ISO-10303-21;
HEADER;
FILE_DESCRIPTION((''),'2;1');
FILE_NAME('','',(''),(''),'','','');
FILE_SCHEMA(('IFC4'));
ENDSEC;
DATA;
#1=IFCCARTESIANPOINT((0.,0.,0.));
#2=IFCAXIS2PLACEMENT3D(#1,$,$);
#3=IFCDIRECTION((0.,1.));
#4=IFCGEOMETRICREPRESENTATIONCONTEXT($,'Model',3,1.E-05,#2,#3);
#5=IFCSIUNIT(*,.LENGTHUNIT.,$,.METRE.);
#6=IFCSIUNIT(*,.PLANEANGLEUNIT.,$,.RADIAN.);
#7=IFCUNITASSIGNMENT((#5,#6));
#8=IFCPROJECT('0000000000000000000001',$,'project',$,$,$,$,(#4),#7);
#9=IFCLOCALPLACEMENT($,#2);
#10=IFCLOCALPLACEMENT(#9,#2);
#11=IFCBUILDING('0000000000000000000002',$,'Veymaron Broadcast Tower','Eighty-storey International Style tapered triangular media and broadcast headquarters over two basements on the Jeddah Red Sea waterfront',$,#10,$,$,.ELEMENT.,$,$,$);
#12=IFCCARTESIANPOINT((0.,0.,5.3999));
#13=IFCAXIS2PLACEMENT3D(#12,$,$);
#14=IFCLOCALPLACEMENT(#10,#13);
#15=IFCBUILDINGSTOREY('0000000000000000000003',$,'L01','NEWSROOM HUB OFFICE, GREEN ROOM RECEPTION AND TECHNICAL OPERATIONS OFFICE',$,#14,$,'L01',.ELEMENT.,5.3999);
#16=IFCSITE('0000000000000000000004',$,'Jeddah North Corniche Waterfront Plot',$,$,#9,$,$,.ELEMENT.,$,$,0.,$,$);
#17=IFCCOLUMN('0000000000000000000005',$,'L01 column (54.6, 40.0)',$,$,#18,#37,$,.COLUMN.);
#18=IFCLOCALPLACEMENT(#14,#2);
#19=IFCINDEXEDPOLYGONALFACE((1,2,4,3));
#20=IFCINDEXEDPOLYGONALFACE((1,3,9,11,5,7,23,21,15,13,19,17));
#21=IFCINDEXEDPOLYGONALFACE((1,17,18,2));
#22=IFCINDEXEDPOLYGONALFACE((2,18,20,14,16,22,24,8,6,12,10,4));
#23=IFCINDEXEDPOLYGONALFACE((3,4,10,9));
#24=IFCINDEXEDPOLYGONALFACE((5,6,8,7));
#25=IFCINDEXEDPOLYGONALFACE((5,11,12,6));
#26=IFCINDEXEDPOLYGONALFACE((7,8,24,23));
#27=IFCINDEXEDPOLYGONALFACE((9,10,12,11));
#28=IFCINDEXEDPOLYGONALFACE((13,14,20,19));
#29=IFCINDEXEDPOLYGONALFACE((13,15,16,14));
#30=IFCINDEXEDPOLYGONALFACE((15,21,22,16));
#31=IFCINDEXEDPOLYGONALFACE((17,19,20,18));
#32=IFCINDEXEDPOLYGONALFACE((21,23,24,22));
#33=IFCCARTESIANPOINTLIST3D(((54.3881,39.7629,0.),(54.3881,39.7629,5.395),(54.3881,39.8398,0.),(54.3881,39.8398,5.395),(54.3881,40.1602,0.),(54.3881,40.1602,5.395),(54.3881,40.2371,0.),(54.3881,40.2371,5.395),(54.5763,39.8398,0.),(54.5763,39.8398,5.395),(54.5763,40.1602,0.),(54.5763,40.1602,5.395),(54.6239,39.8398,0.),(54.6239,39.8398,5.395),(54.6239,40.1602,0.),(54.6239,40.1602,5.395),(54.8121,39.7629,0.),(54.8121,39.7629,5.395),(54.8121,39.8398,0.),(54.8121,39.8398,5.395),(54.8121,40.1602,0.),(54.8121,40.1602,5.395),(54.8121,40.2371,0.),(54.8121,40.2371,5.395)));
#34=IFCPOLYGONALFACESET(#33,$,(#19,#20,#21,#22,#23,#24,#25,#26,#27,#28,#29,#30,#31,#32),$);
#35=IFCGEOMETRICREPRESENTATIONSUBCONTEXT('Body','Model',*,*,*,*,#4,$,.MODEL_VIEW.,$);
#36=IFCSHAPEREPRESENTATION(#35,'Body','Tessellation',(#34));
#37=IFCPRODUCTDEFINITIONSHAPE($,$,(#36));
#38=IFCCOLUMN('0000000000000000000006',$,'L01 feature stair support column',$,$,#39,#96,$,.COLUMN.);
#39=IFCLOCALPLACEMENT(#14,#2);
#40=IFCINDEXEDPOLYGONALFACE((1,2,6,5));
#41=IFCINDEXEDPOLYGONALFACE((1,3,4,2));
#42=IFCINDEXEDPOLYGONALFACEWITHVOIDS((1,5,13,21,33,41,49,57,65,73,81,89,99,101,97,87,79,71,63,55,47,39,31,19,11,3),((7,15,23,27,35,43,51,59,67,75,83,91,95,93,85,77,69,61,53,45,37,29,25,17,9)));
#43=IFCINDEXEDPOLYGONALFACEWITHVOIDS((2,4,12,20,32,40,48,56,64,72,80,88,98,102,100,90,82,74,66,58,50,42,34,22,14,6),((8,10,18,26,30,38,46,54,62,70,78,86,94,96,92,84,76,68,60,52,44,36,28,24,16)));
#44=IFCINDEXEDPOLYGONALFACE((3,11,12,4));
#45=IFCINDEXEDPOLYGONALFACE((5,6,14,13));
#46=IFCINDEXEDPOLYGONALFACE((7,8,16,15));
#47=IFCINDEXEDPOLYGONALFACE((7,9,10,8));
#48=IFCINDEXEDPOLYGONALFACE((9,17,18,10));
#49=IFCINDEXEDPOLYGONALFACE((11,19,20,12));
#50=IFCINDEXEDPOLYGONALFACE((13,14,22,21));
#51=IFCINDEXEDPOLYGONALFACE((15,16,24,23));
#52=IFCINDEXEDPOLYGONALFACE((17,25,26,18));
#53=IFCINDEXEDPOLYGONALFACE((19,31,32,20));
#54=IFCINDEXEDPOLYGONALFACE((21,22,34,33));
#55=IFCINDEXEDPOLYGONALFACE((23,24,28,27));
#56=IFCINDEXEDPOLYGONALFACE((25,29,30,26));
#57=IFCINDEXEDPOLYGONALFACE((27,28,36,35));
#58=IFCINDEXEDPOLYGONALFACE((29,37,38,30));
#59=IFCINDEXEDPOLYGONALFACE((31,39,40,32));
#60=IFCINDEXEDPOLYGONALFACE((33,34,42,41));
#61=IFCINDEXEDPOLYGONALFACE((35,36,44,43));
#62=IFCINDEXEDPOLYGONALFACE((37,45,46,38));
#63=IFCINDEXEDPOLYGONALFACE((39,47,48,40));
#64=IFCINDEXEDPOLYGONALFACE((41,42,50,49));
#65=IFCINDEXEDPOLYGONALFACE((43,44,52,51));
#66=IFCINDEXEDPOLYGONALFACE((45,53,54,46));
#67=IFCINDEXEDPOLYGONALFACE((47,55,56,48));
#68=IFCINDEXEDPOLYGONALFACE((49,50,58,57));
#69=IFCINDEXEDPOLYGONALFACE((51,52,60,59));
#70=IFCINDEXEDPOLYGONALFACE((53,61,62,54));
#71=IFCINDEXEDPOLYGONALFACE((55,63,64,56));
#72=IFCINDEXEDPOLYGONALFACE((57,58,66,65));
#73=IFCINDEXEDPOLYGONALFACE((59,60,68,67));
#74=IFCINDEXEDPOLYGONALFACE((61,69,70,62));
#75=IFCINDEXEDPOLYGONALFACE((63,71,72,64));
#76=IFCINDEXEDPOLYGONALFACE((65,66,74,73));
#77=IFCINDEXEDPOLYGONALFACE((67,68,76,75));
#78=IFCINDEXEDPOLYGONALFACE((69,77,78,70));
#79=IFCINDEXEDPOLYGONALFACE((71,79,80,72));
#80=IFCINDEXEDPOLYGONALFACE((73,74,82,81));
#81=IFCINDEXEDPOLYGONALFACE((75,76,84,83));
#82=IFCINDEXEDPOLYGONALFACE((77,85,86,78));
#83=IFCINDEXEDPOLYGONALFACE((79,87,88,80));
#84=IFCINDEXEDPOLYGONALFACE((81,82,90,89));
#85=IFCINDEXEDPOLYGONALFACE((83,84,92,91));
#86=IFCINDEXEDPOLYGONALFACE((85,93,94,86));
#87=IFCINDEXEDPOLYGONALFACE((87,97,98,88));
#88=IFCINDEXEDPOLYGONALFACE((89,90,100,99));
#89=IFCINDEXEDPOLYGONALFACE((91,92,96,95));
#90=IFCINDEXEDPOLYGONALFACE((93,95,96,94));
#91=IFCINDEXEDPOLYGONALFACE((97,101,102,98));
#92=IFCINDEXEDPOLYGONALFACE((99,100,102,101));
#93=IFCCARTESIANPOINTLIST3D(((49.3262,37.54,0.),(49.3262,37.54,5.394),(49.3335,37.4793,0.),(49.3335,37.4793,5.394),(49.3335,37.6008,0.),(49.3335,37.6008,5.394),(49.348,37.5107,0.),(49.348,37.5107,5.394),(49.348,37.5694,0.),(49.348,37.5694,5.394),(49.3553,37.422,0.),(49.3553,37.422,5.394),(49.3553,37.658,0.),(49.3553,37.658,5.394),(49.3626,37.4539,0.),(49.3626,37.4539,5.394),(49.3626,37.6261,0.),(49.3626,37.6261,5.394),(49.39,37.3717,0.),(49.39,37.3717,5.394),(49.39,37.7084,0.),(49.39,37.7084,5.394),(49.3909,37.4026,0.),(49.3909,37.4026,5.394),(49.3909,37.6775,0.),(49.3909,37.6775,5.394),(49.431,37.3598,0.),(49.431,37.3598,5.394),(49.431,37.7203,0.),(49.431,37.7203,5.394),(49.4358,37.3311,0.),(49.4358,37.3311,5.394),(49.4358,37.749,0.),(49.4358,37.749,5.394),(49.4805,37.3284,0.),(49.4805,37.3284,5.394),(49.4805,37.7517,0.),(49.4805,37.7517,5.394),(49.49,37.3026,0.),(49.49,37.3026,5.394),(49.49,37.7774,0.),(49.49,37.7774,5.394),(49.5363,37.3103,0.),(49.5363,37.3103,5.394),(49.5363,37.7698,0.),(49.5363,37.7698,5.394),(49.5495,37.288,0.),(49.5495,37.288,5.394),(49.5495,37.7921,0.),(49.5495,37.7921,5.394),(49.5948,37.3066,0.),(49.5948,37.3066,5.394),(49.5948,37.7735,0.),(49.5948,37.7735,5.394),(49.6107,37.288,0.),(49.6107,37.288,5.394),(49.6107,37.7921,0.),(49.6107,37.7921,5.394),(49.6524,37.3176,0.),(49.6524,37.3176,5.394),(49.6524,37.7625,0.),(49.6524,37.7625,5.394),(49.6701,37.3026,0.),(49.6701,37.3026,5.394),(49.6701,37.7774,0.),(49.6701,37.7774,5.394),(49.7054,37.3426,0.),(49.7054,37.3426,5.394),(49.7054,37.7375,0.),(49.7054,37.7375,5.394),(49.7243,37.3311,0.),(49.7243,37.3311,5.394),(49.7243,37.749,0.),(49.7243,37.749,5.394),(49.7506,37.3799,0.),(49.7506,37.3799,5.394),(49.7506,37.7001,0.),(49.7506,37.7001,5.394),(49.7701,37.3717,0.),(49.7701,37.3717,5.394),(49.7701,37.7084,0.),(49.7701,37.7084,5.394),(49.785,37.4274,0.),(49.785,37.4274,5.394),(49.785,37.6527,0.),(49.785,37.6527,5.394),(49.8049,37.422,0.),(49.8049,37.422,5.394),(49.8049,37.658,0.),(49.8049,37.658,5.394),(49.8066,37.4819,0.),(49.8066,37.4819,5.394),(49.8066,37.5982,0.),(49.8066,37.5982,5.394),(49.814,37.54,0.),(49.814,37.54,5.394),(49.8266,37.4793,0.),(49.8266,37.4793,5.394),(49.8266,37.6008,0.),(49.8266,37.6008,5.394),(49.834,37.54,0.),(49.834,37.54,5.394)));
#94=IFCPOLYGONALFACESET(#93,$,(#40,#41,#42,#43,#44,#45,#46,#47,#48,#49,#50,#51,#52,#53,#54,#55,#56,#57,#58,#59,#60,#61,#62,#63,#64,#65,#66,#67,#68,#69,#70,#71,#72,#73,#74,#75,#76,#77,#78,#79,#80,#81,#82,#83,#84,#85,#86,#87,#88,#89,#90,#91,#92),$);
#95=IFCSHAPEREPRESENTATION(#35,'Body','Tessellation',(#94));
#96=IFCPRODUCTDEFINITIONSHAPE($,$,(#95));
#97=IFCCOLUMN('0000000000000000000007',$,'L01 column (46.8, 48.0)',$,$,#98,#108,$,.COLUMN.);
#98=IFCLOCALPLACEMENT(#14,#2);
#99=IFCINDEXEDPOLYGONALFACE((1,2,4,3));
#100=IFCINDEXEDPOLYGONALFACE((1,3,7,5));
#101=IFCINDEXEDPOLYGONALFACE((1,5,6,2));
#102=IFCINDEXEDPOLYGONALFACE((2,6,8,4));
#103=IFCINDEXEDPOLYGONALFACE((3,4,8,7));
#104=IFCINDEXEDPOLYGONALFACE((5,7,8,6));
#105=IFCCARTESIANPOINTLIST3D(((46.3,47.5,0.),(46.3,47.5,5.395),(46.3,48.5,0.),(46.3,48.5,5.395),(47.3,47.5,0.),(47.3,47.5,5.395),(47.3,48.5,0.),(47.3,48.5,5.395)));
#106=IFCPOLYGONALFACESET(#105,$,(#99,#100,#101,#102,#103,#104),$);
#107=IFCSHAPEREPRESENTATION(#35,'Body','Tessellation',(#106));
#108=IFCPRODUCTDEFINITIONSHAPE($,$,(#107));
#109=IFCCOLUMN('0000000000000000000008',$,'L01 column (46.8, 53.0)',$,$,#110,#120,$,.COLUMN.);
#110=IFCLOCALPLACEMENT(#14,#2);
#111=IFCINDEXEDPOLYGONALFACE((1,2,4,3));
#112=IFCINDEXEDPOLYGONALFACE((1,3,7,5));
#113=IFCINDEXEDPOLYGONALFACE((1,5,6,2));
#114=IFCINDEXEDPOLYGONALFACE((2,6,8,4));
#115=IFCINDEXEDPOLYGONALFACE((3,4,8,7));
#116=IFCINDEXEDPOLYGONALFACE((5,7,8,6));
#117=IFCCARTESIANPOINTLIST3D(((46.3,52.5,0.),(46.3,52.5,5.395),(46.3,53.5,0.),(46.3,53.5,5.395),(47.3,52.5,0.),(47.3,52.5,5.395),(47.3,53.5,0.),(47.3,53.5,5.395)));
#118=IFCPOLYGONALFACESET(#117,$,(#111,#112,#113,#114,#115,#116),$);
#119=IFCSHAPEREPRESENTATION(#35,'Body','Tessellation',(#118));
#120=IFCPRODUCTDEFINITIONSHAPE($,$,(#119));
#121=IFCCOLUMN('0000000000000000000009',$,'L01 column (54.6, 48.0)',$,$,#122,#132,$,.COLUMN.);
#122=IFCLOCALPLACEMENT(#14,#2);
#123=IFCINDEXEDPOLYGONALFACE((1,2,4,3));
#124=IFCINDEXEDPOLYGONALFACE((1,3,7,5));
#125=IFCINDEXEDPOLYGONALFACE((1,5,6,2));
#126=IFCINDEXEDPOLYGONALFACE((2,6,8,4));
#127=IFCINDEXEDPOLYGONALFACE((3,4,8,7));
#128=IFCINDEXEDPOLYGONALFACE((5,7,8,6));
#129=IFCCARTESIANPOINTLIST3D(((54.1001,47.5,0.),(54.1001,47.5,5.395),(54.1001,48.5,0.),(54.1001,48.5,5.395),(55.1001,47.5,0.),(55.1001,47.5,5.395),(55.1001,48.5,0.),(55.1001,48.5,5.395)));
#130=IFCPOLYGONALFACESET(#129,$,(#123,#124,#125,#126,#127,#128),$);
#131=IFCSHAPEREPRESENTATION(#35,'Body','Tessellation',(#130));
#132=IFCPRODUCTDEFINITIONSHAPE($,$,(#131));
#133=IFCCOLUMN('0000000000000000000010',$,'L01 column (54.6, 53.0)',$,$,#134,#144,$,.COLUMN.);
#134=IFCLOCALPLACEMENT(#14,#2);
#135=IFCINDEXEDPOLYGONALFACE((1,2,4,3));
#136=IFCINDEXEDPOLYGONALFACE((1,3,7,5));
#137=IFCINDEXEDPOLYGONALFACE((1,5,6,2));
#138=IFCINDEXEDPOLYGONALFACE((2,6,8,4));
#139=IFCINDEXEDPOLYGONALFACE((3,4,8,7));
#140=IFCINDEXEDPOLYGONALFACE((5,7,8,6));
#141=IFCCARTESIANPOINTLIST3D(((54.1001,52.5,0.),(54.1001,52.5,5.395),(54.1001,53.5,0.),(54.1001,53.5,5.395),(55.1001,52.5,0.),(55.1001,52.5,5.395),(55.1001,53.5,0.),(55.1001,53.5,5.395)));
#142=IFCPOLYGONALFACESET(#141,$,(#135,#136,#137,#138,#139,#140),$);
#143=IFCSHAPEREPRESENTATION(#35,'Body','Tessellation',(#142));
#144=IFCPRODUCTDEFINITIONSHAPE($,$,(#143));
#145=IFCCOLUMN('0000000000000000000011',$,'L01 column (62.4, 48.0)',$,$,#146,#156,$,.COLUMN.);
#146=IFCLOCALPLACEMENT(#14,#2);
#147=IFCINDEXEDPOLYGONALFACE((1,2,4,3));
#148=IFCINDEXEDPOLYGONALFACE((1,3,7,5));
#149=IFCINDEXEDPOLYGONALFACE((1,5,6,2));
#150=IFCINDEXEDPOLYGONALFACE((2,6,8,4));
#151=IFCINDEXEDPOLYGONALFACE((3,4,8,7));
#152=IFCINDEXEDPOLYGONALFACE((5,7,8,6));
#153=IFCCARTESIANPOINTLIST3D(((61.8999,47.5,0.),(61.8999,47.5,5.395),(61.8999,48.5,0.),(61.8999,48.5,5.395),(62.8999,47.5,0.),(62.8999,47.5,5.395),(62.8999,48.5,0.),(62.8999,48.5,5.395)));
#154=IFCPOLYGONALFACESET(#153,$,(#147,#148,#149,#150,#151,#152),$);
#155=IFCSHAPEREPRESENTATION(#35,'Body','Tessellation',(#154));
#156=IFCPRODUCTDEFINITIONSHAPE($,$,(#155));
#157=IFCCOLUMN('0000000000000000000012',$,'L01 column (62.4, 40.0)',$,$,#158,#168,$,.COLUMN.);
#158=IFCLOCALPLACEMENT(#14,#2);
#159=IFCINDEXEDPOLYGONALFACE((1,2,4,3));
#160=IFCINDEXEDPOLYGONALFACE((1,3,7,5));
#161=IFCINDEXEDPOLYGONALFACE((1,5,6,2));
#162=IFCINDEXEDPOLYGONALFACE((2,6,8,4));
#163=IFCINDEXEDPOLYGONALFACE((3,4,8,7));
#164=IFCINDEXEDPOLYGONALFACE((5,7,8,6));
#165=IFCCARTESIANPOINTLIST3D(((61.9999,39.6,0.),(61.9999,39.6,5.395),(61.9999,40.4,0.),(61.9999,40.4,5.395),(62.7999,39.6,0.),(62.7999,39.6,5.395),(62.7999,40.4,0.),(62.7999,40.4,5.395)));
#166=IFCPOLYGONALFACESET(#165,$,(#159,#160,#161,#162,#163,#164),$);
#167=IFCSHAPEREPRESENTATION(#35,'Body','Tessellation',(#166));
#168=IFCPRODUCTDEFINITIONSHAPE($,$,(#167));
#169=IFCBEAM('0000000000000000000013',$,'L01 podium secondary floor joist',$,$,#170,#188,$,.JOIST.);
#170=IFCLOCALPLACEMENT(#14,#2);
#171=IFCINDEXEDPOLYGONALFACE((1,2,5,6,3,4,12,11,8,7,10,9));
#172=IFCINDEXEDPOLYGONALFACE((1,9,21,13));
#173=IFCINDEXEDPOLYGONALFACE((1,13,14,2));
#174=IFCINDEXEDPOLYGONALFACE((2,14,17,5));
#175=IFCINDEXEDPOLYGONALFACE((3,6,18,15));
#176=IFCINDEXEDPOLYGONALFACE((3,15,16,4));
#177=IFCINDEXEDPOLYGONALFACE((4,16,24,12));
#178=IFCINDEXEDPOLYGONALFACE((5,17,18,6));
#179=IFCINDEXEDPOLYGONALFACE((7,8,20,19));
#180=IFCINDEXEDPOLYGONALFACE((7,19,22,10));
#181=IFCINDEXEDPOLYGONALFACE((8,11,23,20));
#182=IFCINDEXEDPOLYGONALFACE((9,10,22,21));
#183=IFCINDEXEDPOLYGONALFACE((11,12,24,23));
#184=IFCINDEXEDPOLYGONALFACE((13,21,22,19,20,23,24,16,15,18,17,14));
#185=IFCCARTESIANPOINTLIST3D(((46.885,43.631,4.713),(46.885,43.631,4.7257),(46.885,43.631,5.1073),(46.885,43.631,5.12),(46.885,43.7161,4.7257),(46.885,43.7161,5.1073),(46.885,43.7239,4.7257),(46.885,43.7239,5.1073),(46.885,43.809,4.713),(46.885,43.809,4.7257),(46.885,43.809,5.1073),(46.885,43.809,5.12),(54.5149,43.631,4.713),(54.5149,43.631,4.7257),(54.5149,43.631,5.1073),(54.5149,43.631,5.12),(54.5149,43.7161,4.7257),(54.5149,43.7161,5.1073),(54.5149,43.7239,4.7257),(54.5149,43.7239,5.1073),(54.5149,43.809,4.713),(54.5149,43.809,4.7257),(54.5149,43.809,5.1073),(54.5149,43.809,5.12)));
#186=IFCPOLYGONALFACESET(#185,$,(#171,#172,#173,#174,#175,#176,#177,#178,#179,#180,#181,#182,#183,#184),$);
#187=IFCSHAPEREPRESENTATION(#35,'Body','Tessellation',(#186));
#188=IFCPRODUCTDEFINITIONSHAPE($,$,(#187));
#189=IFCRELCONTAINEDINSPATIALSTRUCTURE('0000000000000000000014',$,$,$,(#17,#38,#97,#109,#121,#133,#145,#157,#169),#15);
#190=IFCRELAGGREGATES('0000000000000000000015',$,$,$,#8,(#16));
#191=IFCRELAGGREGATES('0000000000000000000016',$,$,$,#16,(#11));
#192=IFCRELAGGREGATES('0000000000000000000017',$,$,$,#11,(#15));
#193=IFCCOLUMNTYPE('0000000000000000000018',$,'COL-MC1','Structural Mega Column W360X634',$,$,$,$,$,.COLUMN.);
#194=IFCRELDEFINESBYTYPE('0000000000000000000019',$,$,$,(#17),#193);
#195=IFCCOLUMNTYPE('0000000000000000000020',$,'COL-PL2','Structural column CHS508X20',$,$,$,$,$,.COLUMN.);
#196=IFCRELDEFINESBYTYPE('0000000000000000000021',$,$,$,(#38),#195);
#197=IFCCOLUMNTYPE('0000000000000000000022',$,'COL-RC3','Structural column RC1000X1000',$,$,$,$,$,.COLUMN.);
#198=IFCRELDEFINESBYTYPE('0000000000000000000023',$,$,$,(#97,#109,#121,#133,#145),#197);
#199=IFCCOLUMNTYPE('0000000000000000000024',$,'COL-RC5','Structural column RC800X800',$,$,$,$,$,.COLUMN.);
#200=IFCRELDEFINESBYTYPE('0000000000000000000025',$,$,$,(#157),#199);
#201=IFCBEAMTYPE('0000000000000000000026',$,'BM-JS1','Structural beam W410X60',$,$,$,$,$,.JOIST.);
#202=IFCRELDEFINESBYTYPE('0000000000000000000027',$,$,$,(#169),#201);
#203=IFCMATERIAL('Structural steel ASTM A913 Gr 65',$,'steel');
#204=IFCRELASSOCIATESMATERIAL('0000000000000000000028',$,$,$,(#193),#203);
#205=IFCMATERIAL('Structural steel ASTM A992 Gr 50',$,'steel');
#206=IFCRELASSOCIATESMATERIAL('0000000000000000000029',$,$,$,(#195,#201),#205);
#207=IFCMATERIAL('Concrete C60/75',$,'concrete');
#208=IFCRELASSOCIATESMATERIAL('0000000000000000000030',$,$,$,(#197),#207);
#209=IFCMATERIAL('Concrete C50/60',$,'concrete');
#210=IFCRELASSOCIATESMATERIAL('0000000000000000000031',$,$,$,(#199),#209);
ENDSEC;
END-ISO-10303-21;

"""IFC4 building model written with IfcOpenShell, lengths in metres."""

from ifc_helpers import new_model, si_unit, direction, frame, origin, origin_2d, place, context, subcontext, project, spatial, rectangle, hollow_circle, i_section, extrude, material, material_profile, profile_set, type_object, element, save


model = new_model("IFC4")

# Units and contexts
model_context = context("Model", 3, precision=1e-05, world=origin(), true_north=direction((0.0, 1.0)))
body_context = subcontext(model_context, "Body", "Model", "MODEL_VIEW")
ifc_project = project(units=[si_unit("LENGTHUNIT", "METRE"), si_unit("PLANEANGLEUNIT", "RADIAN")], contexts=[model_context])

# Site, building, storey
site_placement = place(None, origin())
site = spatial("IfcSite", under=ifc_project, at=site_placement, Name="Jeddah North Corniche Waterfront Plot", CompositionType="ELEMENT", RefElevation=0.0)
building_placement = place(site_placement, origin())
building = spatial("IfcBuilding", under=site, at=building_placement, Name="Veymaron Broadcast Tower", Description="Eighty-storey International Style tapered triangular media and broadcast headquarters over two basements on the Jeddah Red Sea waterfront", CompositionType="ELEMENT")
storey_placement = place(building_placement, frame((0.0, 0.0, 5.3999)))
storey = spatial("IfcBuildingStorey", under=building, at=storey_placement, Name="L01", Description="NEWSROOM HUB OFFICE, GREEN ROOM RECEPTION AND TECHNICAL OPERATIONS OFFICE", LongName="L01", CompositionType="ELEMENT", Elevation=5.3999)

# Columns
ifc_material_1 = material(Name="Structural steel ASTM A913 Gr 65", Category="steel")
ifc_material_profile_1 = material_profile(ifc_material_1, i_section(OverallWidth=0.4241, OverallDepth=0.4741, WebThickness=0.0476, FlangeThickness=0.0769, at=origin_2d()), Name="W360X634")
ifc_profile_set_1 = profile_set([ifc_material_profile_1], Name="Structural steel ASTM A913 Gr 65")
column_type_1 = type_object("IfcColumnType", Name="COL-MC1", Description="Structural Mega Column W360X634", PredefinedType="COLUMN", material=ifc_profile_set_1)
column_1_placement = place(storey_placement, frame((54.6001, 40.0, 0.0), z_axis=(0.0, 0.0, 1.0), x_axis=(1.0, 0.0, 0.0)))
element("IfcColumn", 1, at=column_1_placement, inside=storey, type_object=column_type_1, Name="L01 column (54.6, 40.0)", PredefinedType="COLUMN", context=body_context, shape_type="SweptSolid", body=[
    extrude(i_section(OverallWidth=0.4241, OverallDepth=0.4741, WebThickness=0.0476, FlangeThickness=0.0769, at=origin_2d()), origin(), (0.0, 0.0, 1.0), 5.395),
])
ifc_material_2 = material(Name="Structural steel ASTM A992 Gr 50", Category="steel")
ifc_material_profile_2 = material_profile(ifc_material_2, hollow_circle(Radius=0.2539, WallThickness=0.02, at=origin_2d()), Name="CHS508X20")
ifc_profile_set_2 = profile_set([ifc_material_profile_2], Name="Structural steel ASTM A992 Gr 50")
column_type_2 = type_object("IfcColumnType", Name="COL-PL2", Description="Structural column CHS508X20", PredefinedType="COLUMN", material=ifc_profile_set_2)
column_2_placement = place(storey_placement, frame((49.5801, 37.54, 0.0), z_axis=(0.0, 0.0, 1.0), x_axis=(1.0, 0.0, 0.0)))
element("IfcColumn", 2, at=column_2_placement, inside=storey, type_object=column_type_2, Name="L01 feature stair support column", PredefinedType="COLUMN", context=body_context, shape_type="SweptSolid", body=[
    extrude(hollow_circle(Radius=0.2539, WallThickness=0.02, at=origin_2d()), origin(), (0.0, 0.0, 1.0), 5.394),
])
ifc_material_3 = material(Name="Concrete C60/75", Category="concrete")
ifc_material_profile_3 = material_profile(ifc_material_3, rectangle(XDim=1.0, YDim=1.0, at=origin_2d()), Name="RC1000X1000")
ifc_profile_set_3 = profile_set([ifc_material_profile_3], Name="Concrete C60/75")
column_type_3 = type_object("IfcColumnType", Name="COL-RC3", Description="Structural column RC1000X1000", PredefinedType="COLUMN", material=ifc_profile_set_3)
for number, where, z_axis, x_axis, name in (
    (3, (46.8, 48.0, 0.0), (0.0, 0.0, 1.0), (1.0, 0.0, 0.0), "L01 column (46.8, 48.0)"),
    (4, (46.8, 53.0, 0.0), (0.0, 0.0, 1.0), (1.0, 0.0, 0.0), "L01 column (46.8, 53.0)"),
    (5, (54.6001, 48.0, 0.0), (0.0, 0.0, 1.0), (1.0, 0.0, 0.0), "L01 column (54.6, 48.0)"),
    (6, (54.6001, 53.0, 0.0), (0.0, 0.0, 1.0), (1.0, 0.0, 0.0), "L01 column (54.6, 53.0)"),
    (7, (62.3999, 48.0, 0.0), (0.0, 0.0, 1.0), (1.0, 0.0, 0.0), "L01 column (62.4, 48.0)"),
):
    element("IfcColumn", number, at=place(storey_placement, frame(where, z_axis=z_axis, x_axis=x_axis)), inside=storey, type_object=column_type_3, Name=name, PredefinedType="COLUMN", context=body_context, shape_type="SweptSolid", body=[
        extrude(rectangle(XDim=1.0, YDim=1.0, at=origin_2d()), origin(), (0.0, 0.0, 1.0), 5.395),
    ])
ifc_material_4 = material(Name="Concrete C50/60", Category="concrete")
ifc_material_profile_4 = material_profile(ifc_material_4, rectangle(XDim=0.8, YDim=0.8, at=origin_2d()), Name="RC800X800")
ifc_profile_set_4 = profile_set([ifc_material_profile_4], Name="Concrete C50/60")
column_type_4 = type_object("IfcColumnType", Name="COL-RC5", Description="Structural column RC800X800", PredefinedType="COLUMN", material=ifc_profile_set_4)
column_3_placement = place(storey_placement, frame((62.3999, 40.0, 0.0), z_axis=(0.0, 0.0, 1.0), x_axis=(1.0, 0.0, 0.0)))
element("IfcColumn", 8, at=column_3_placement, inside=storey, type_object=column_type_4, Name="L01 column (62.4, 40.0)", PredefinedType="COLUMN", context=body_context, shape_type="SweptSolid", body=[
    extrude(rectangle(XDim=0.8, YDim=0.8, at=origin_2d()), origin(), (0.0, 0.0, 1.0), 5.395),
])

# Beam
ifc_material_profile_5 = material_profile(ifc_material_2, i_section(OverallWidth=0.178, OverallDepth=0.407, WebThickness=0.0078, FlangeThickness=0.0127, at=origin_2d()), Name="W410X60")
ifc_profile_set_5 = profile_set([ifc_material_profile_5], Name="Structural steel ASTM A992 Gr 50")
beam_type_1 = type_object("IfcBeamType", Name="BM-JS1", Description="Structural beam W410X60", PredefinedType="JOIST", material=ifc_profile_set_5)
for number, where, z_axis, x_axis, name in (
    (9, (46.885, 43.72, 4.9165), (1.0, 0.0, 0.0), (0.0, 1.0, 0.0), "L01 podium secondary floor joist"),
):
    element("IfcBeam", number, at=place(storey_placement, frame(where, z_axis=z_axis, x_axis=x_axis)), inside=storey, type_object=beam_type_1, Name=name, PredefinedType="JOIST", context=body_context, shape_type="SweptSolid", body=[
        extrude(i_section(OverallWidth=0.178, OverallDepth=0.407, WebThickness=0.0078, FlangeThickness=0.0127, at=origin_2d()), origin(), (0.0, 0.0, 1.0), 7.6299),
    ])

save(model, "model.ifc")
